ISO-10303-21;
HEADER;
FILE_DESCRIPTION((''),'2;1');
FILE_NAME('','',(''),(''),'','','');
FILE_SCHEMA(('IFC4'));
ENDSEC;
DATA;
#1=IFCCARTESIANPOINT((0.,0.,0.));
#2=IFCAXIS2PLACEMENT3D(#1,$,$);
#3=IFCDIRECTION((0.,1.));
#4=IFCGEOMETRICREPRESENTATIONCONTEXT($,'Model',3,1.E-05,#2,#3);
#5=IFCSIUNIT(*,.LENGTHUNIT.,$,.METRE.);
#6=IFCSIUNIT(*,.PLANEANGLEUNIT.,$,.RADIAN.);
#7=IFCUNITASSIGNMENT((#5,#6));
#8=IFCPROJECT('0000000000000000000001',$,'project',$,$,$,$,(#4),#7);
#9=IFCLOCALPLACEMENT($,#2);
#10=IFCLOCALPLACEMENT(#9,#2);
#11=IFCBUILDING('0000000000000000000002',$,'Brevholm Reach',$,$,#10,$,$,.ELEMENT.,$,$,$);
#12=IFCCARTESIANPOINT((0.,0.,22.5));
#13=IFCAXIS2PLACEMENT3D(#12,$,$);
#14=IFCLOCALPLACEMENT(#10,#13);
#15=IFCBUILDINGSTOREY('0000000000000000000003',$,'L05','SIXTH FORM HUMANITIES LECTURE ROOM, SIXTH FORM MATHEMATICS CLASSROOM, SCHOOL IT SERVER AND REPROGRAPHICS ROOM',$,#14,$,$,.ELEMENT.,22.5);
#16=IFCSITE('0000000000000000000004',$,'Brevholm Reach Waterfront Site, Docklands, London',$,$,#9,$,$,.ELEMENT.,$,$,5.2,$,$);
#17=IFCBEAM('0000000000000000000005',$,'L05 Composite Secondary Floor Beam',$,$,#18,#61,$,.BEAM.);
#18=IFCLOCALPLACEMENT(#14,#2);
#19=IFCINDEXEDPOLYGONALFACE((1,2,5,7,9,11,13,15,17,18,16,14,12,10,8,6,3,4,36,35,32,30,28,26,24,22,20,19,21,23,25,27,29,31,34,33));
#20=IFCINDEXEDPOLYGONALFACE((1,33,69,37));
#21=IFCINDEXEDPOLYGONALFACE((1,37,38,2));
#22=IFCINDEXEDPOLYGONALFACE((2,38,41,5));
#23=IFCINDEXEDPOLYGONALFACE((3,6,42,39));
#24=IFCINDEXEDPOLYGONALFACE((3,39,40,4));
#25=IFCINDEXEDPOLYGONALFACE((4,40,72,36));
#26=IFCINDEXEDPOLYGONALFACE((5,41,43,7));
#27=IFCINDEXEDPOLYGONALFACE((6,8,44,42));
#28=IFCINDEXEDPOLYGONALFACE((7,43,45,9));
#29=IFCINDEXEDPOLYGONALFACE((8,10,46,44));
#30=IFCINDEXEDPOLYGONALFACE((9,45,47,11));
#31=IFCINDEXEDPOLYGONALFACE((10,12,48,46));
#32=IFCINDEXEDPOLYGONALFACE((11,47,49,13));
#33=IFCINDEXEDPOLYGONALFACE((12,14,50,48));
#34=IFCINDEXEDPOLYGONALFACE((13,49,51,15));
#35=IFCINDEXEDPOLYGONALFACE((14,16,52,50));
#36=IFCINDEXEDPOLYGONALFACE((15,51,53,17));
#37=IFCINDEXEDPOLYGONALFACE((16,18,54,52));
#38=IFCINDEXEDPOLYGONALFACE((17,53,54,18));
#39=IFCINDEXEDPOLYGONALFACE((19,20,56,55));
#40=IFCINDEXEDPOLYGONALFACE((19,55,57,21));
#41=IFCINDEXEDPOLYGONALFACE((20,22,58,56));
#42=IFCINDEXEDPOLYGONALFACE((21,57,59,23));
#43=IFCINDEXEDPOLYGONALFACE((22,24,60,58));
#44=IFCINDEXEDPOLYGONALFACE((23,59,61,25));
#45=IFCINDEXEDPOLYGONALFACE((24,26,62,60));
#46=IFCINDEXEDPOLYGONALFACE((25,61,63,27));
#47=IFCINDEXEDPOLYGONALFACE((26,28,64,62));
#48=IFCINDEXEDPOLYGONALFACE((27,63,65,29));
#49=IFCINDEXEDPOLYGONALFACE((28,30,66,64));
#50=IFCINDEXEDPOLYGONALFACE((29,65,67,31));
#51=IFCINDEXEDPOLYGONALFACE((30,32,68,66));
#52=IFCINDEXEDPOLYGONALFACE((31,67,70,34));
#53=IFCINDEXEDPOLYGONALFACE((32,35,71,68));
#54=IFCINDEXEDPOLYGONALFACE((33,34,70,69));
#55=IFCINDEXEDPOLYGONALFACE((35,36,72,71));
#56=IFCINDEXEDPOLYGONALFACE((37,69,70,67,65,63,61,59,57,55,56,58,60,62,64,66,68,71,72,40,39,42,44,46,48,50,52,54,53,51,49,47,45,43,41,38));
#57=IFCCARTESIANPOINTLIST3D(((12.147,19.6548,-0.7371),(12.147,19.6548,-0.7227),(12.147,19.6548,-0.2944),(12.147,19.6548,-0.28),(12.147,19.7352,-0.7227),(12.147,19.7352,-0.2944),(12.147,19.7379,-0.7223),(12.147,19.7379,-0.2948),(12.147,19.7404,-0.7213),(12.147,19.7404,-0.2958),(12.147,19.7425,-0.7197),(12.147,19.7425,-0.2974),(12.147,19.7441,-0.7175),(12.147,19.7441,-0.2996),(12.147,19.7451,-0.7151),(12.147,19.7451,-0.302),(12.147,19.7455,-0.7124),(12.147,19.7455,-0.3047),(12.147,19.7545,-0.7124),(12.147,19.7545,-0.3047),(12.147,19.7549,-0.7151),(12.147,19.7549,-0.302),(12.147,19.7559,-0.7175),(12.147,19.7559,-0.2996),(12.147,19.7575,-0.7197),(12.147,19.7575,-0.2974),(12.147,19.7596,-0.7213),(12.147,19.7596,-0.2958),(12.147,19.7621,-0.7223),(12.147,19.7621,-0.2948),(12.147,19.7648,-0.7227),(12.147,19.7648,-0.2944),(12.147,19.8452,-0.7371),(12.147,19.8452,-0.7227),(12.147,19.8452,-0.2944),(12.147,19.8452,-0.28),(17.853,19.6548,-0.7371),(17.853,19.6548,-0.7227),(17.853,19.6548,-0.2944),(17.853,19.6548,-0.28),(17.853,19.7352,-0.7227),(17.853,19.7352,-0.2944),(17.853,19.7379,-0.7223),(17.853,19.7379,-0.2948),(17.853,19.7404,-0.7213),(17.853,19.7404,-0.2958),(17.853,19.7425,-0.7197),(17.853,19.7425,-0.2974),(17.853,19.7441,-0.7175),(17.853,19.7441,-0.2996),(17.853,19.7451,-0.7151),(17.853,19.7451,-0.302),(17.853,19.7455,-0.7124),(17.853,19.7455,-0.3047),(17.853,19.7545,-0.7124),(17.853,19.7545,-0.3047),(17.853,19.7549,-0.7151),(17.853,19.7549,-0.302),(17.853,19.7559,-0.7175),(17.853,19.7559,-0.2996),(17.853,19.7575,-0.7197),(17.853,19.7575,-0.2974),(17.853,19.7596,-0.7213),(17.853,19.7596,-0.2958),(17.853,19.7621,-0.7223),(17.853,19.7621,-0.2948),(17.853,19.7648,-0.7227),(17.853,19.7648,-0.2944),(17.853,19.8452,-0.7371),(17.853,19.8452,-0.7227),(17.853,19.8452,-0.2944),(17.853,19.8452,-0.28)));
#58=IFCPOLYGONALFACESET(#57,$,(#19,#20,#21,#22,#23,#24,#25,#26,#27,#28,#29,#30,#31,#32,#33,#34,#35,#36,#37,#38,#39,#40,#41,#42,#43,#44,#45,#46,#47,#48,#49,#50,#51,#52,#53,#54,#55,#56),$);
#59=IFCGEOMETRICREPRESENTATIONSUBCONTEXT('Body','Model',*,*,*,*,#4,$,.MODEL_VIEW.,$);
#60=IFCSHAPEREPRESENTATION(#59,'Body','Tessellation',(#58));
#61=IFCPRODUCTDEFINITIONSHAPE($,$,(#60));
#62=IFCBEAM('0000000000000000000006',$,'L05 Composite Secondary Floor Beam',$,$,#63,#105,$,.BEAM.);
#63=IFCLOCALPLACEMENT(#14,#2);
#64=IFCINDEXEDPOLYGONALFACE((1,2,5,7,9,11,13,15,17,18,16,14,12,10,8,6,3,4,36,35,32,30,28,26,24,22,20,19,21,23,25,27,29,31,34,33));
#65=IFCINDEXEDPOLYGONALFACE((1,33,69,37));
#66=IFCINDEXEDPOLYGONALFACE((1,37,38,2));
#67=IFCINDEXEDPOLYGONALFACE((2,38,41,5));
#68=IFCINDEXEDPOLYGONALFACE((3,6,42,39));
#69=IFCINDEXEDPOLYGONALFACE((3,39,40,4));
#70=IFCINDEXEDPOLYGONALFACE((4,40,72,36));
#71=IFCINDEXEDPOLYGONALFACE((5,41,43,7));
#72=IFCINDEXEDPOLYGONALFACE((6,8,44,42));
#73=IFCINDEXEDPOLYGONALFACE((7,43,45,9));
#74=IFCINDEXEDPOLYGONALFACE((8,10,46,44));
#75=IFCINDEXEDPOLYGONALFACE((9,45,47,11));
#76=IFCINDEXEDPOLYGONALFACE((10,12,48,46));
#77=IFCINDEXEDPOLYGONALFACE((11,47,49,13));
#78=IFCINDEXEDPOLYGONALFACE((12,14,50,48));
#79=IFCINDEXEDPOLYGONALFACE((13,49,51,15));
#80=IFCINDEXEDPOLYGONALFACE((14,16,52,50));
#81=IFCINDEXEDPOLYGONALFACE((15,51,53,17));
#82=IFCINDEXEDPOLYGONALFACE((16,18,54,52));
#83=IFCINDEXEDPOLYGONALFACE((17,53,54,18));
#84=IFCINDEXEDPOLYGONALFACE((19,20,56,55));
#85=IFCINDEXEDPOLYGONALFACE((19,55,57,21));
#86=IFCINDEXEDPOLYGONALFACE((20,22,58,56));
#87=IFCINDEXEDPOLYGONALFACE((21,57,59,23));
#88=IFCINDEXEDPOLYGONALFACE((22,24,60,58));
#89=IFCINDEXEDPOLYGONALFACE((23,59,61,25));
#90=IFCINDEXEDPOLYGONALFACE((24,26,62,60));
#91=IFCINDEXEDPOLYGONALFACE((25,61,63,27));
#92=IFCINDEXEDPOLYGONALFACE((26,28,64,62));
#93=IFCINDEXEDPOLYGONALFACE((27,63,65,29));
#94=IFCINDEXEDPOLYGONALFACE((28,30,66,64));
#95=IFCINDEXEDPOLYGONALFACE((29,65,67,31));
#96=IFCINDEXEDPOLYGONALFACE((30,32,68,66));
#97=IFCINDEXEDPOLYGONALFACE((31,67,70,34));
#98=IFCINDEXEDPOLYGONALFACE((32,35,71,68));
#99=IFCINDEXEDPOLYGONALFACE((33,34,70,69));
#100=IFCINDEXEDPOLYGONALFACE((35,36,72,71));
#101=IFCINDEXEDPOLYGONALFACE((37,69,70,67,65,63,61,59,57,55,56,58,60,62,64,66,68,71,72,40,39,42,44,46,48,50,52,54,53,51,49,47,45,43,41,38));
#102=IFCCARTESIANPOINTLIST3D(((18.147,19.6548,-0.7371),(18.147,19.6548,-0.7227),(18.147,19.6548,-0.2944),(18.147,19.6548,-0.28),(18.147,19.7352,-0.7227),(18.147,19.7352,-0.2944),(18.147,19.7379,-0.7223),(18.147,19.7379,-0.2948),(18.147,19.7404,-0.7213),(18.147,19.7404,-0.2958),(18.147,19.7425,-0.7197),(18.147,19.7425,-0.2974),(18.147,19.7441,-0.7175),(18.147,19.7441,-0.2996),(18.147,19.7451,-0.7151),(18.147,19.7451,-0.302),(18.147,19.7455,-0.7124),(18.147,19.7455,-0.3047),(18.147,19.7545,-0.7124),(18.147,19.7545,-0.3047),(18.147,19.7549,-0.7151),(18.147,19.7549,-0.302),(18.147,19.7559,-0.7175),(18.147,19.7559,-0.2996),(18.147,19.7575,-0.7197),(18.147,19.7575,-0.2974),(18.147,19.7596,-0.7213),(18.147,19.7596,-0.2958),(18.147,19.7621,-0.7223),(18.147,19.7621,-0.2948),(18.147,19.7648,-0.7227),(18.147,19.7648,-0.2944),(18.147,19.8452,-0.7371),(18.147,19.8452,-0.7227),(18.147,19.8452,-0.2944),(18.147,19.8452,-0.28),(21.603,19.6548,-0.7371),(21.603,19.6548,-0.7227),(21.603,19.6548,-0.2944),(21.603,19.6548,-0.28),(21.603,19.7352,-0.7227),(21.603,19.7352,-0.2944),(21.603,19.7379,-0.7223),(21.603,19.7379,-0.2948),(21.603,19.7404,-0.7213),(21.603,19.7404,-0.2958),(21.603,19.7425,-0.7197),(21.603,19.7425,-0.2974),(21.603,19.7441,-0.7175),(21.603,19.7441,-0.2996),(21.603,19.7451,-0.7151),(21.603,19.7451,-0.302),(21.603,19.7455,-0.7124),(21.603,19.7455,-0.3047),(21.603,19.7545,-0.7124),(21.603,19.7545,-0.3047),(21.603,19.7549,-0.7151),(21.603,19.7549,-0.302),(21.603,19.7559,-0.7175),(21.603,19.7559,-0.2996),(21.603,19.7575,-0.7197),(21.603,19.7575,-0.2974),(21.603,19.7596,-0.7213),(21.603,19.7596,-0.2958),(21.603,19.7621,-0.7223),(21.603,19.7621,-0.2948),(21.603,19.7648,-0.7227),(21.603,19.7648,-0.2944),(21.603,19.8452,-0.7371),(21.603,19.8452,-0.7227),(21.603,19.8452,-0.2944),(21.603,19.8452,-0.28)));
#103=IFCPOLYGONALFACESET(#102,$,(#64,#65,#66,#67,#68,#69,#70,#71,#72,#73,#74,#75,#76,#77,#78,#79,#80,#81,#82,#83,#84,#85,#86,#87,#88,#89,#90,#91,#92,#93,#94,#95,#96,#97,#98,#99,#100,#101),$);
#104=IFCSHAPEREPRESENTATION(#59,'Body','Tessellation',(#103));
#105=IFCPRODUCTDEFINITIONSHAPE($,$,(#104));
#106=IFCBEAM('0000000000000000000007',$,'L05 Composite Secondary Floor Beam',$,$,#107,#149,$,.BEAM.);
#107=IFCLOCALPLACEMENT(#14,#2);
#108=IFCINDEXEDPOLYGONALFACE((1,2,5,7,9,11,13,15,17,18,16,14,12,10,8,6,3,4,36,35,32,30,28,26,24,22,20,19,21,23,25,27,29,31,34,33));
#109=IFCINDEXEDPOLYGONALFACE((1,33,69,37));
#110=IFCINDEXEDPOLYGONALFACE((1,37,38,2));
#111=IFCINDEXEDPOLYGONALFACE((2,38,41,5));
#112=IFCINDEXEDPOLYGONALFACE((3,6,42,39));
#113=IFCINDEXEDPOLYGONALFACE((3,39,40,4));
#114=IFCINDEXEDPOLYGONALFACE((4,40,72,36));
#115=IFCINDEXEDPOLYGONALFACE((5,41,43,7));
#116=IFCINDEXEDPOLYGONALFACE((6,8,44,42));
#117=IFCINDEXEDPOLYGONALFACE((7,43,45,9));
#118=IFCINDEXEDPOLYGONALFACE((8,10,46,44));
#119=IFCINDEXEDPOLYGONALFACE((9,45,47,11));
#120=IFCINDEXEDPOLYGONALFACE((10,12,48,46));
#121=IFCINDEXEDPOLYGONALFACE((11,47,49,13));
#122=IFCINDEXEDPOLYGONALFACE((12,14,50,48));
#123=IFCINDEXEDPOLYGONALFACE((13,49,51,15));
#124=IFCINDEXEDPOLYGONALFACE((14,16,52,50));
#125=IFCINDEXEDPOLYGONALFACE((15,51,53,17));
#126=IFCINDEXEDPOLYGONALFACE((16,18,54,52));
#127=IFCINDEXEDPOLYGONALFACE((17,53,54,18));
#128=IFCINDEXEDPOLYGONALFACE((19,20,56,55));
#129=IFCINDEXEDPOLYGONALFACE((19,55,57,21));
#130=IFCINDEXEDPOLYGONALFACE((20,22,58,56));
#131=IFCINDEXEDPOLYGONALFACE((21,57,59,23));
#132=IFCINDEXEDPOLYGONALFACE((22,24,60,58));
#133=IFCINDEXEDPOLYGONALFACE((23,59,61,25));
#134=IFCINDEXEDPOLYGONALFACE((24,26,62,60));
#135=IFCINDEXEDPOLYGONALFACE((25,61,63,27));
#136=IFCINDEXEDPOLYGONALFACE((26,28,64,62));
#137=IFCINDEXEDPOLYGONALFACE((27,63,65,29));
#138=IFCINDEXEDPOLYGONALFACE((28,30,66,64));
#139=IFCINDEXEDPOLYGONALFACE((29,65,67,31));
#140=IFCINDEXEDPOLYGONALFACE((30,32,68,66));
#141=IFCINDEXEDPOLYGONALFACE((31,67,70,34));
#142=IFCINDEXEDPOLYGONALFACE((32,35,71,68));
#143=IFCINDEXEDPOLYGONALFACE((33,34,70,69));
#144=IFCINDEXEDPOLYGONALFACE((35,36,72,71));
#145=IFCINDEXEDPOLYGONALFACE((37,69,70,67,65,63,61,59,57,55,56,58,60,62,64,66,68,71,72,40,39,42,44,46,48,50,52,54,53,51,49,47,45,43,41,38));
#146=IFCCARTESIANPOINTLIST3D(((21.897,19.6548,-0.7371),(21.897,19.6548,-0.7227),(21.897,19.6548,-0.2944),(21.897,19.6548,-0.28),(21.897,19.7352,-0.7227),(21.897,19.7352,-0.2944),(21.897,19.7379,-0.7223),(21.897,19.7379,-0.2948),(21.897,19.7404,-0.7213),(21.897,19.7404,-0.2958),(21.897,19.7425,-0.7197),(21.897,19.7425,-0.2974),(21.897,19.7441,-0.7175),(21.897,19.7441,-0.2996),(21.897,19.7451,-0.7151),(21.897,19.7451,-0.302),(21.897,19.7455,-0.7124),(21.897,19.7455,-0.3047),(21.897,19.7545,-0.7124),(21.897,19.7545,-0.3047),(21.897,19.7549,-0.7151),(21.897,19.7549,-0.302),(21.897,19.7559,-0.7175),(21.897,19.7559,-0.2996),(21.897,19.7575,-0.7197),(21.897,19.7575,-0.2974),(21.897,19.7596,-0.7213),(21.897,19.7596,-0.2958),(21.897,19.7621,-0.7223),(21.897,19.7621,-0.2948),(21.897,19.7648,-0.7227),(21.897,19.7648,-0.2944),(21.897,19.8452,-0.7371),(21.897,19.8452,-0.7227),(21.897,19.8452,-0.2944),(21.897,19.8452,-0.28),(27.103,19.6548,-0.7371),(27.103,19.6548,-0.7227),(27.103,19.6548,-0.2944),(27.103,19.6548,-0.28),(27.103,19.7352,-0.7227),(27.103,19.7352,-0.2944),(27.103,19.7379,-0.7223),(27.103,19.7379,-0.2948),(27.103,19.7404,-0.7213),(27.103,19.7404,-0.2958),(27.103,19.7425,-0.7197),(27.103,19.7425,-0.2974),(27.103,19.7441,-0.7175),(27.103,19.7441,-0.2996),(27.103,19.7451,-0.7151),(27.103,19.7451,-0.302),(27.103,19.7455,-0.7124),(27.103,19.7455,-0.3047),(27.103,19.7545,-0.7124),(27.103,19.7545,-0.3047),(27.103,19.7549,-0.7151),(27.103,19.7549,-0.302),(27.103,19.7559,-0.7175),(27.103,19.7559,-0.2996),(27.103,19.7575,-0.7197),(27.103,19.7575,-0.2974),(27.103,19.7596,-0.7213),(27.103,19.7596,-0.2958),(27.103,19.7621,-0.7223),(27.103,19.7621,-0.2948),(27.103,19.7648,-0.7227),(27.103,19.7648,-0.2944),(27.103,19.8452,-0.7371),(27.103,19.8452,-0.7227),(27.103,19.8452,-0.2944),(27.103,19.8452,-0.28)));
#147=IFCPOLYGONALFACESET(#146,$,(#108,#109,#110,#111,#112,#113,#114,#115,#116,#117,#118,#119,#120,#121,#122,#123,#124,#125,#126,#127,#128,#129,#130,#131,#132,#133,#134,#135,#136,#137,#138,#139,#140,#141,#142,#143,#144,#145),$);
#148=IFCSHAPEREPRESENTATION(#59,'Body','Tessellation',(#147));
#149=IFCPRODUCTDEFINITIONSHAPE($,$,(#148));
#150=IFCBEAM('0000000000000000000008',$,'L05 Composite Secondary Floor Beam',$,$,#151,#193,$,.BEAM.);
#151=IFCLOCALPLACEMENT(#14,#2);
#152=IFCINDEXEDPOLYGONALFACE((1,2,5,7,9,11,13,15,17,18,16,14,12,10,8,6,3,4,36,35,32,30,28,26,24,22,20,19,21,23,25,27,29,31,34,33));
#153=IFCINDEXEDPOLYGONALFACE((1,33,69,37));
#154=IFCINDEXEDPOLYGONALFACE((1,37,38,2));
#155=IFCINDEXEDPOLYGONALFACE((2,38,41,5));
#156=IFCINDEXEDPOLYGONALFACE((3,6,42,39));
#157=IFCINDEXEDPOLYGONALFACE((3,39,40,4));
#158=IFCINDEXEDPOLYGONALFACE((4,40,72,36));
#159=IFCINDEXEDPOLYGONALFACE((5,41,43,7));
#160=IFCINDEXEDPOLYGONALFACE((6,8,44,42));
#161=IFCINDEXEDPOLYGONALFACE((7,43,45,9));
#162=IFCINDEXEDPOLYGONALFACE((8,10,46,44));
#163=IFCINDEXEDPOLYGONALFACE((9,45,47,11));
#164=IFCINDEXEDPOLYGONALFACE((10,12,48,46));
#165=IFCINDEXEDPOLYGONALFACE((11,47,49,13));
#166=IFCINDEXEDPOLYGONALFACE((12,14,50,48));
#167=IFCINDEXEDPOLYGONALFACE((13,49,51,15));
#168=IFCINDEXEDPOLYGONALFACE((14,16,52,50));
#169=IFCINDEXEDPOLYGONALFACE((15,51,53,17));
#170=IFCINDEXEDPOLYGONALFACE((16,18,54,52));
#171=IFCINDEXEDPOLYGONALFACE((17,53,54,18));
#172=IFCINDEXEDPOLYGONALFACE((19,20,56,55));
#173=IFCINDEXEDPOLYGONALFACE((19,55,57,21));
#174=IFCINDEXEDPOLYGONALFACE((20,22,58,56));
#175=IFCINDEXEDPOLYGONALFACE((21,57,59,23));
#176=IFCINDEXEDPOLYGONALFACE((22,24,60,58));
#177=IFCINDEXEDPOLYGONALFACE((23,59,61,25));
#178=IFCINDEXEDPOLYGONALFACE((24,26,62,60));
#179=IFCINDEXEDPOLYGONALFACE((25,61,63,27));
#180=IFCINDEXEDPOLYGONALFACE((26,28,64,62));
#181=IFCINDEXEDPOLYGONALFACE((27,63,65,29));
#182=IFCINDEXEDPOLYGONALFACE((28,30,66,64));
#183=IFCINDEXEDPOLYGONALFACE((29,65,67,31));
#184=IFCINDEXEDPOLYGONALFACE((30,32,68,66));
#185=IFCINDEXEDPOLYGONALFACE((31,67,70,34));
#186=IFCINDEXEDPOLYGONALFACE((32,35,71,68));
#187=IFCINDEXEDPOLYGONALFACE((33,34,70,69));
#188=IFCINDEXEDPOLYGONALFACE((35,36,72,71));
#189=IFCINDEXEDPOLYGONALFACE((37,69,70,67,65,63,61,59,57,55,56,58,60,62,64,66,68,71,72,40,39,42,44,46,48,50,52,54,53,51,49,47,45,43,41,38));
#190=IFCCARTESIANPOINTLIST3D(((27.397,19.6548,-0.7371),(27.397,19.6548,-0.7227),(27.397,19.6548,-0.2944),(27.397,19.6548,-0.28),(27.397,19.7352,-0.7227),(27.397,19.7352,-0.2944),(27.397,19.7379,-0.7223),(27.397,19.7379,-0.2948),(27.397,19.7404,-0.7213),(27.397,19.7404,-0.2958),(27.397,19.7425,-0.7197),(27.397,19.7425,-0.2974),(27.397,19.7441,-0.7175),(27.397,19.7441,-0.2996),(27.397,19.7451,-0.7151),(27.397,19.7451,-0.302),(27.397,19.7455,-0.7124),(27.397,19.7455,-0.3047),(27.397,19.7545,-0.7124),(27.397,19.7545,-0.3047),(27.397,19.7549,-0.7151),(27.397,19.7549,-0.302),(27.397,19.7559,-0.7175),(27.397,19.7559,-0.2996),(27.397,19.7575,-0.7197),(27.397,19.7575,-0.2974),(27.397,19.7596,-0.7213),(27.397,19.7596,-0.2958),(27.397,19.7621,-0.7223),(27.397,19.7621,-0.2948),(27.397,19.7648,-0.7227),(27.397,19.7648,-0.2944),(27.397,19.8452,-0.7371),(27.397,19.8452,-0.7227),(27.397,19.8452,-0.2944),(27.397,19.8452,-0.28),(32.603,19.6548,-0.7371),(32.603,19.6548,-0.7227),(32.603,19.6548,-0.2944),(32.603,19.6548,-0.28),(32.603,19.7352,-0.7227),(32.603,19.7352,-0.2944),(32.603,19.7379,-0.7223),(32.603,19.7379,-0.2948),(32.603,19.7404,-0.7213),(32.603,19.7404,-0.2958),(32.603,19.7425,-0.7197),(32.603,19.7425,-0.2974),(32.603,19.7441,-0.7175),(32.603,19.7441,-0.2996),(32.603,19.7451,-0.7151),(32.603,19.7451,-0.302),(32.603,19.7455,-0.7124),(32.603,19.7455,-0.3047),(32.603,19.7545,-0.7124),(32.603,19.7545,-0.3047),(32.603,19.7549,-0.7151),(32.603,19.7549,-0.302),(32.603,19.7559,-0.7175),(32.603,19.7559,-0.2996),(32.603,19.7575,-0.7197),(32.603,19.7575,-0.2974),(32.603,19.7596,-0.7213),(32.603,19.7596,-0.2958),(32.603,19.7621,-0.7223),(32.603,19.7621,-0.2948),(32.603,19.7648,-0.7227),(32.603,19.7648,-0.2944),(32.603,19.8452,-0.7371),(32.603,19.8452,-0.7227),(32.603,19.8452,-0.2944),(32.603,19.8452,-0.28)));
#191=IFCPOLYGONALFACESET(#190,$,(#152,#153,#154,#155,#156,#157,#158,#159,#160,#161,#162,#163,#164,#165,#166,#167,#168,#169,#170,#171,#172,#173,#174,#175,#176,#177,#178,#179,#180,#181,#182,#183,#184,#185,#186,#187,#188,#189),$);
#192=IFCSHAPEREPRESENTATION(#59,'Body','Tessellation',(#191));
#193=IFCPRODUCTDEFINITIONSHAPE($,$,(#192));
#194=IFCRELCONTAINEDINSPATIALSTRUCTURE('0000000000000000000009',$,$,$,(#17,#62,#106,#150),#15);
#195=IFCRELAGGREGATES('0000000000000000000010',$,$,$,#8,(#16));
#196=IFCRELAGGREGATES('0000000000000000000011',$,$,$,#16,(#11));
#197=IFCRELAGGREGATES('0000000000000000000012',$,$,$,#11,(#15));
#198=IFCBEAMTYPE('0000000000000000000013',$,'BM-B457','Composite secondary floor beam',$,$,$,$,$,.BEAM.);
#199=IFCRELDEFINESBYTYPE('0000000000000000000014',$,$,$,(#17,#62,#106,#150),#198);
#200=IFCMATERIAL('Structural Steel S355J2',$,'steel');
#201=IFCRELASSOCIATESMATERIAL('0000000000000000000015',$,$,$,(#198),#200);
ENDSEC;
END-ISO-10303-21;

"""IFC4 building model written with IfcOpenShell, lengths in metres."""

from ifc_helpers import new_model, si_unit, direction, frame, origin, origin_2d, place, context, subcontext, project, spatial, i_section, extrude, material, material_profile, profile_set, type_object, element, save


model = new_model("IFC4")

# Units and contexts
model_context = context("Model", 3, precision=1e-05, world=origin(), true_north=direction((0.0, 1.0)))
body_context = subcontext(model_context, "Body", "Model", "MODEL_VIEW")
ifc_project = project(units=[si_unit("LENGTHUNIT", "METRE"), si_unit("PLANEANGLEUNIT", "RADIAN")], contexts=[model_context])

# Site, building, storey
site_placement = place(None, origin())
site = spatial("IfcSite", under=ifc_project, at=site_placement, Name="Brevholm Reach Waterfront Site, Docklands, London", CompositionType="ELEMENT", RefElevation=5.2)
building_placement = place(site_placement, origin())
building = spatial("IfcBuilding", under=site, at=building_placement, Name="Brevholm Reach", CompositionType="ELEMENT")
storey_placement = place(building_placement, frame((0.0, 0.0, 22.5)))
storey = spatial("IfcBuildingStorey", under=building, at=storey_placement, Name="L05", Description="SIXTH FORM HUMANITIES LECTURE ROOM, SIXTH FORM MATHEMATICS CLASSROOM, SCHOOL IT SERVER AND REPROGRAPHICS ROOM", CompositionType="ELEMENT", Elevation=22.5)

# Beams
ifc_material_1 = material(Name="Structural Steel S355J2", Category="steel")
ifc_material_profile_1 = material_profile(ifc_material_1, i_section(OverallWidth=0.1904, OverallDepth=0.457, WebThickness=0.009, FlangeThickness=0.0144, FilletRadius=0.0103, at=origin_2d()), Name="UKB 457x191x74")
ifc_profile_set_1 = profile_set([ifc_material_profile_1], Name="Structural Steel S355J2")
beam_type_1 = type_object("IfcBeamType", Name="BM-B457", Description="Composite secondary floor beam", PredefinedType="BEAM", material=ifc_profile_set_1)
beam_1_placement = place(storey_placement, frame((12.147, 19.75, -0.5085), z_axis=(1.0, 0.0, 0.0), x_axis=(0.0, 1.0, 0.0)))
element("IfcBeam", 1, at=beam_1_placement, inside=storey, type_object=beam_type_1, Name="L05 Composite Secondary Floor Beam", PredefinedType="BEAM", context=body_context, shape_type="SweptSolid", body=[
    extrude(i_section(OverallWidth=0.1904, OverallDepth=0.457, WebThickness=0.009, FlangeThickness=0.0144, FilletRadius=0.0103, at=origin_2d()), origin(), (0.0, 0.0, 1.0), 5.7061),
])
beam_2_placement = place(storey_placement, frame((18.147, 19.75, -0.5085), z_axis=(1.0, 0.0, 0.0), x_axis=(0.0, 1.0, 0.0)))
element("IfcBeam", 2, at=beam_2_placement, inside=storey, type_object=beam_type_1, Name="L05 Composite Secondary Floor Beam", PredefinedType="BEAM", context=body_context, shape_type="SweptSolid", body=[
    extrude(i_section(OverallWidth=0.1904, OverallDepth=0.457, WebThickness=0.009, FlangeThickness=0.0144, FilletRadius=0.0103, at=origin_2d()), origin(), (0.0, 0.0, 1.0), 3.4561),
])
for number, where, z_axis, x_axis, name in (
    (3, (21.897, 19.75, -0.5085), (1.0, 0.0, 0.0), (0.0, 1.0, 0.0), "L05 Composite Secondary Floor Beam"),
    (4, (27.397, 19.75, -0.5085), (1.0, 0.0, 0.0), (0.0, 1.0, 0.0), "L05 Composite Secondary Floor Beam"),
):
    element("IfcBeam", number, at=place(storey_placement, frame(where, z_axis=z_axis, x_axis=x_axis)), inside=storey, type_object=beam_type_1, Name=name, PredefinedType="BEAM", context=body_context, shape_type="SweptSolid", body=[
        extrude(i_section(OverallWidth=0.1904, OverallDepth=0.457, WebThickness=0.009, FlangeThickness=0.0144, FilletRadius=0.0103, at=origin_2d()), origin(), (0.0, 0.0, 1.0), 5.2061),
    ])

save(model, "model.ifc")
